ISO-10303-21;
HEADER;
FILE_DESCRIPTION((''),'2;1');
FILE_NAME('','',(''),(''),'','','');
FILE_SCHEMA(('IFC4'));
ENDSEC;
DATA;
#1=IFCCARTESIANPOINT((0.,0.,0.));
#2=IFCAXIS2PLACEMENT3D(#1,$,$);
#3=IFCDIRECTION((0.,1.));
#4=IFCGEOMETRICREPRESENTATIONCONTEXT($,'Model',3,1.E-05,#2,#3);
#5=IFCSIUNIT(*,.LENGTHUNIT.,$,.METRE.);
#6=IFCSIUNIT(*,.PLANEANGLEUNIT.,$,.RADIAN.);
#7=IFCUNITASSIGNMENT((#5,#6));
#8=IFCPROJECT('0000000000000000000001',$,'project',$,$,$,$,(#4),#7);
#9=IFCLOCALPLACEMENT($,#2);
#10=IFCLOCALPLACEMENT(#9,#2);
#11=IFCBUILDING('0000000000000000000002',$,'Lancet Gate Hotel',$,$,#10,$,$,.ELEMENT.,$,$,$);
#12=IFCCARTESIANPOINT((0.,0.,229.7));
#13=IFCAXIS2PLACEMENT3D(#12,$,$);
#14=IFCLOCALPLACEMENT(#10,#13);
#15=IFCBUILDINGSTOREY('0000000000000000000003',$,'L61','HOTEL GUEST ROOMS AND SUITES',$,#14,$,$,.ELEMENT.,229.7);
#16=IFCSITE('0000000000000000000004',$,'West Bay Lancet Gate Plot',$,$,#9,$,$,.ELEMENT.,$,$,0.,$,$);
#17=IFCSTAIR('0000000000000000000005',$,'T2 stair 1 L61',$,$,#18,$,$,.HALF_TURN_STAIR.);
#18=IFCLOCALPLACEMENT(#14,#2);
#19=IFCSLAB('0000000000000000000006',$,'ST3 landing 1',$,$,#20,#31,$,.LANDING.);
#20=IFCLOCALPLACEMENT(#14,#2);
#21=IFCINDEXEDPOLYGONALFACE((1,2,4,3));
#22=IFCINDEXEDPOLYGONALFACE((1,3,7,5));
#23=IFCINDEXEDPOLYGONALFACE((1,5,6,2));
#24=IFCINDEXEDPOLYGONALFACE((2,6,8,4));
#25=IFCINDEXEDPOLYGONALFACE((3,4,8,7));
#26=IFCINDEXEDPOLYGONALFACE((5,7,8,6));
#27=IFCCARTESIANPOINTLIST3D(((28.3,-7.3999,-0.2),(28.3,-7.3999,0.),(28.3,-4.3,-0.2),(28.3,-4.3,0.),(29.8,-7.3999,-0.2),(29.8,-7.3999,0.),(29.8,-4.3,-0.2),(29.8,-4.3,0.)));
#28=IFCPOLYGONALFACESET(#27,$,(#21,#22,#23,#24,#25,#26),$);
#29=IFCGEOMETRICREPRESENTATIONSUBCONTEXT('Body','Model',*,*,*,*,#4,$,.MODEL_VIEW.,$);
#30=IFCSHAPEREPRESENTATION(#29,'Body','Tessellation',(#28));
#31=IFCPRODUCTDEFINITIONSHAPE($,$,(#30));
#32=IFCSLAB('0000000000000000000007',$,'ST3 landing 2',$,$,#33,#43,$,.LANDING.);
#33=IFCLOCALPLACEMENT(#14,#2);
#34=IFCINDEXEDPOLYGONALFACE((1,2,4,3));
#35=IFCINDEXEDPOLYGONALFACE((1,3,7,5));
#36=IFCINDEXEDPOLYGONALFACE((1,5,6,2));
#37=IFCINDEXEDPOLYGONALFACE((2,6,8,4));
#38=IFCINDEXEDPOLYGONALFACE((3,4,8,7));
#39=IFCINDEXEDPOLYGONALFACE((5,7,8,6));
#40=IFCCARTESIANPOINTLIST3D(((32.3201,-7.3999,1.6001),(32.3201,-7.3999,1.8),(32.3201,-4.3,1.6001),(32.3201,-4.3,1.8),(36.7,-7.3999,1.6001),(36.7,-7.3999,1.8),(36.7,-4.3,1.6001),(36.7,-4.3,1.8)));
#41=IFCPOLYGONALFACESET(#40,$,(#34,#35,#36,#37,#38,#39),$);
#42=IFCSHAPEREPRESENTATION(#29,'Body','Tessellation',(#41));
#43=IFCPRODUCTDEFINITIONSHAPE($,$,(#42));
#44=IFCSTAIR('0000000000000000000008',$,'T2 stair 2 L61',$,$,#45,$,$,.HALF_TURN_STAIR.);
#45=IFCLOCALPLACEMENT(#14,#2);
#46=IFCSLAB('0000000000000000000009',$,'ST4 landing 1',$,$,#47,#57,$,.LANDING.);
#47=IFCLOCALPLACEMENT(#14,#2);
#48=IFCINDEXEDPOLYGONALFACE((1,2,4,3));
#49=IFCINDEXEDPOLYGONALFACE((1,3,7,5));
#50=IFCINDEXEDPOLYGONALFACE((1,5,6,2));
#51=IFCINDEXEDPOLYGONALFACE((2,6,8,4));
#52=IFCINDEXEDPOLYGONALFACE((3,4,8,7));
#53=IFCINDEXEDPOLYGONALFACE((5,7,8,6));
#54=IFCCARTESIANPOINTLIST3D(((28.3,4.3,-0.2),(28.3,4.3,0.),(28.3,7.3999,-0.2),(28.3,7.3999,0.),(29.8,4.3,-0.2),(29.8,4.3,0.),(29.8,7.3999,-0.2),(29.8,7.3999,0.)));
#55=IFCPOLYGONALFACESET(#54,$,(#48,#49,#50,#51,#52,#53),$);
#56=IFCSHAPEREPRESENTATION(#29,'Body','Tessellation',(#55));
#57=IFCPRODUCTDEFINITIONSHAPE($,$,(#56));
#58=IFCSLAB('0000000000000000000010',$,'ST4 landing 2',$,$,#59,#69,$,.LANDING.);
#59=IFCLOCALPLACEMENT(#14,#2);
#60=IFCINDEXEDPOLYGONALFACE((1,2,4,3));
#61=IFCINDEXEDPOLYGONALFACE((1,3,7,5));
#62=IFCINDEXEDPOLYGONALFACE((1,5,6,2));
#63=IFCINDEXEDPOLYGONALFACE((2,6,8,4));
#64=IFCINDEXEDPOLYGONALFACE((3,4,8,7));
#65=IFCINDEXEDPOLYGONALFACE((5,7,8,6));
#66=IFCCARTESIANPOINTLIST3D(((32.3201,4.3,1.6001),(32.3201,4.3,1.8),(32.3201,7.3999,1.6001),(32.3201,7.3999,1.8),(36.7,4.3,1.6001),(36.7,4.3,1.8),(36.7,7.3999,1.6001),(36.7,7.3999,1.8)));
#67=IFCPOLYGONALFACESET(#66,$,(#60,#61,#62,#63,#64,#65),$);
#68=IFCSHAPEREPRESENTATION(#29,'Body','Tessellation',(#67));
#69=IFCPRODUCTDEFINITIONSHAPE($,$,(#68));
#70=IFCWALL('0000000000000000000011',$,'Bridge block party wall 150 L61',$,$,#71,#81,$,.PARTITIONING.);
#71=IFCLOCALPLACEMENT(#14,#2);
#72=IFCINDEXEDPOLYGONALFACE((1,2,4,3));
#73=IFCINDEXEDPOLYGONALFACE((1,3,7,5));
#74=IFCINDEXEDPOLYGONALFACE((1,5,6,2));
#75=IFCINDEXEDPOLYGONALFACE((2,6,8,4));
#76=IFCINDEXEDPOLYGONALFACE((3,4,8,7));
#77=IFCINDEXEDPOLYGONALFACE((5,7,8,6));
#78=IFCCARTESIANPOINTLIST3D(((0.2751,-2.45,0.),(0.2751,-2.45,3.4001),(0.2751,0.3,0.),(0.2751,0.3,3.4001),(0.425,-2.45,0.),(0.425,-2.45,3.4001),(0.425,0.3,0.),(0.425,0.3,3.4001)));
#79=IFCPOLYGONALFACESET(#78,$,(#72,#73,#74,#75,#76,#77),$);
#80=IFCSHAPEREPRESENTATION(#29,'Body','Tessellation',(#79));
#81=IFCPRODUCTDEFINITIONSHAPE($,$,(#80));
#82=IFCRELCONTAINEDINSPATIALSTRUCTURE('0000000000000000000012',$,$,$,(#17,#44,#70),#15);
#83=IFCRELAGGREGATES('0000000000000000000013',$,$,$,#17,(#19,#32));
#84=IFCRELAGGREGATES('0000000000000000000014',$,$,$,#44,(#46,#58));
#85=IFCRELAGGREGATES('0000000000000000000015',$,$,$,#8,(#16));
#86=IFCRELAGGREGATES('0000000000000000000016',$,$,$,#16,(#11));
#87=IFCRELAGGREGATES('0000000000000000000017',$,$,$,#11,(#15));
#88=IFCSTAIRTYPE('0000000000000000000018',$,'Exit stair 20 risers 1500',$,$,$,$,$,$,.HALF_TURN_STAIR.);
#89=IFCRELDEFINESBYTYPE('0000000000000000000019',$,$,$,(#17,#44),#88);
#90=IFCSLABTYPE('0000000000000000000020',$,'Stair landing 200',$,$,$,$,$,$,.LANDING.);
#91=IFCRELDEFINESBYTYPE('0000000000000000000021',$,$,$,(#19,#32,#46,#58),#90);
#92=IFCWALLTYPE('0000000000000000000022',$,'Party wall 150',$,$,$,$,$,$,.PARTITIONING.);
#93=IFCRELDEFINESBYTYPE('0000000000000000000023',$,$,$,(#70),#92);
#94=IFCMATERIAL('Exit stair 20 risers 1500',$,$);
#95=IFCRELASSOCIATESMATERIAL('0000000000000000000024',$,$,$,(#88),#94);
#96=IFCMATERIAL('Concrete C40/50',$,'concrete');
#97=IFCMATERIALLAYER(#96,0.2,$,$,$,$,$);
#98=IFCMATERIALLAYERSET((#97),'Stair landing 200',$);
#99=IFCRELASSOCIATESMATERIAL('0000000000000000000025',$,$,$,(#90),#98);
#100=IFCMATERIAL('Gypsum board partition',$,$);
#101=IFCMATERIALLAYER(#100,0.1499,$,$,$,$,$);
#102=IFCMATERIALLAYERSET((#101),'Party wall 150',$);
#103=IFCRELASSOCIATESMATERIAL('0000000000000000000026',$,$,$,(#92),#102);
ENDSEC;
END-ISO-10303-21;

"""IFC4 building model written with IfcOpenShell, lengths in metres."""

from ifc_helpers import new_model, si_unit, direction, frame, frame_2d, origin, place, context, subcontext, project, spatial, polyline, rectangle, outline, extrude, material, layer, layer_set, type_object, element, aggregate, save


model = new_model("IFC4")

# Units and contexts
model_context = context("Model", 3, precision=1e-05, world=origin(), true_north=direction((0.0, 1.0)))
body_context = subcontext(model_context, "Body", "Model", "MODEL_VIEW")
ifc_project = project(units=[si_unit("LENGTHUNIT", "METRE"), si_unit("PLANEANGLEUNIT", "RADIAN")], contexts=[model_context])

# Site, building, storey
site_placement = place(None, origin())
site = spatial("IfcSite", under=ifc_project, at=site_placement, Name="West Bay Lancet Gate Plot", CompositionType="ELEMENT", RefElevation=0.0)
building_placement = place(site_placement, origin())
building = spatial("IfcBuilding", under=site, at=building_placement, Name="Lancet Gate Hotel", CompositionType="ELEMENT")
storey_placement = place(building_placement, frame((0.0, 0.0, 229.7)))
storey = spatial("IfcBuildingStorey", under=building, at=storey_placement, Name="L61", Description="HOTEL GUEST ROOMS AND SUITES", CompositionType="ELEMENT", Elevation=229.7)

# Stairs, slabs
ifc_material_1 = material(Name="Exit stair 20 risers 1500")
stair_type = type_object("IfcStairType", Name="Exit stair 20 risers 1500", PredefinedType="HALF_TURN_STAIR", material=ifc_material_1)
ifc_material_2 = material(Name="Concrete C40/50", Category="concrete")
ifc_layer_1 = layer(ifc_material_2, 0.2)
ifc_layer_set_1 = layer_set([ifc_layer_1], Name="Stair landing 200")
slab_type = type_object("IfcSlabType", Name="Stair landing 200", PredefinedType="LANDING", material=ifc_layer_set_1)
stair_1_placement = place(storey_placement, origin())
stair_1 = element("IfcStair", 1, at=stair_1_placement, inside=storey, type_object=stair_type, Name="T2 stair 1 L61", PredefinedType="HALF_TURN_STAIR")
slab_1_placement = place(storey_placement, frame((0.0, 0.0, -0.2)))
slab_1 = element("IfcSlab", 2, at=slab_1_placement, type_object=slab_type, Name="ST3 landing 1", PredefinedType="LANDING", context=body_context, shape_type="SweptSolid", body=[
    extrude(outline(polyline([(28.3, -7.3999), (29.8, -7.3999), (29.8, -4.3), (28.3, -4.3), (28.3, -7.3999)])), origin(), (0.0, 0.0, 1.0), 0.2),
])
slab_2_placement = place(storey_placement, frame((0.0, 0.0, 1.6001)))
slab_2 = element("IfcSlab", 3, at=slab_2_placement, type_object=slab_type, Name="ST3 landing 2", PredefinedType="LANDING", context=body_context, shape_type="SweptSolid", body=[
    extrude(outline(polyline([(32.3201, -7.3999), (36.7, -7.3999), (36.7, -4.3), (32.3201, -4.3), (32.3201, -7.3999)])), origin(), (0.0, 0.0, 1.0), 0.2),
])
aggregate(stair_1, [slab_1, slab_2])
stair_2_placement = place(storey_placement, origin())
stair_2 = element("IfcStair", 4, at=stair_2_placement, inside=storey, type_object=stair_type, Name="T2 stair 2 L61", PredefinedType="HALF_TURN_STAIR")
slab_3_placement = place(storey_placement, frame((0.0, 0.0, -0.2)))
slab_3 = element("IfcSlab", 5, at=slab_3_placement, type_object=slab_type, Name="ST4 landing 1", PredefinedType="LANDING", context=body_context, shape_type="SweptSolid", body=[
    extrude(outline(polyline([(28.3, 4.3), (29.8, 4.3), (29.8, 7.3999), (28.3, 7.3999), (28.3, 4.3)])), origin(), (0.0, 0.0, 1.0), 0.2),
])
slab_4_placement = place(storey_placement, frame((0.0, 0.0, 1.6001)))
slab_4 = element("IfcSlab", 6, at=slab_4_placement, type_object=slab_type, Name="ST4 landing 2", PredefinedType="LANDING", context=body_context, shape_type="SweptSolid", body=[
    extrude(outline(polyline([(32.3201, 4.3), (36.7, 4.3), (36.7, 7.3999), (32.3201, 7.3999), (32.3201, 4.3)])), origin(), (0.0, 0.0, 1.0), 0.2),
])
aggregate(stair_2, [slab_3, slab_4])

# Wall
ifc_material_3 = material(Name="Gypsum board partition")
ifc_layer_2 = layer(ifc_material_3, 0.1499)
ifc_layer_set_2 = layer_set([ifc_layer_2], Name="Party wall 150")
wall_type = type_object("IfcWallType", Name="Party wall 150", PredefinedType="PARTITIONING", material=ifc_layer_set_2)
wall_placement = place(storey_placement, frame((0.3501, -2.45, 0.0), z_axis=(0.0, 0.0, 1.0), x_axis=(0.0, 1.0, 0.0)))
element("IfcWall", 7, at=wall_placement, inside=storey, type_object=wall_type, Name="Bridge block party wall 150 L61", PredefinedType="PARTITIONING", context=body_context, shape_type="SweptSolid", body=[
    extrude(rectangle(XDim=2.75, YDim=0.1499, at=frame_2d((1.375, 0.0))), origin(), (0.0, 0.0, 1.0), 3.4001),
])

save(model, "model.ifc")
